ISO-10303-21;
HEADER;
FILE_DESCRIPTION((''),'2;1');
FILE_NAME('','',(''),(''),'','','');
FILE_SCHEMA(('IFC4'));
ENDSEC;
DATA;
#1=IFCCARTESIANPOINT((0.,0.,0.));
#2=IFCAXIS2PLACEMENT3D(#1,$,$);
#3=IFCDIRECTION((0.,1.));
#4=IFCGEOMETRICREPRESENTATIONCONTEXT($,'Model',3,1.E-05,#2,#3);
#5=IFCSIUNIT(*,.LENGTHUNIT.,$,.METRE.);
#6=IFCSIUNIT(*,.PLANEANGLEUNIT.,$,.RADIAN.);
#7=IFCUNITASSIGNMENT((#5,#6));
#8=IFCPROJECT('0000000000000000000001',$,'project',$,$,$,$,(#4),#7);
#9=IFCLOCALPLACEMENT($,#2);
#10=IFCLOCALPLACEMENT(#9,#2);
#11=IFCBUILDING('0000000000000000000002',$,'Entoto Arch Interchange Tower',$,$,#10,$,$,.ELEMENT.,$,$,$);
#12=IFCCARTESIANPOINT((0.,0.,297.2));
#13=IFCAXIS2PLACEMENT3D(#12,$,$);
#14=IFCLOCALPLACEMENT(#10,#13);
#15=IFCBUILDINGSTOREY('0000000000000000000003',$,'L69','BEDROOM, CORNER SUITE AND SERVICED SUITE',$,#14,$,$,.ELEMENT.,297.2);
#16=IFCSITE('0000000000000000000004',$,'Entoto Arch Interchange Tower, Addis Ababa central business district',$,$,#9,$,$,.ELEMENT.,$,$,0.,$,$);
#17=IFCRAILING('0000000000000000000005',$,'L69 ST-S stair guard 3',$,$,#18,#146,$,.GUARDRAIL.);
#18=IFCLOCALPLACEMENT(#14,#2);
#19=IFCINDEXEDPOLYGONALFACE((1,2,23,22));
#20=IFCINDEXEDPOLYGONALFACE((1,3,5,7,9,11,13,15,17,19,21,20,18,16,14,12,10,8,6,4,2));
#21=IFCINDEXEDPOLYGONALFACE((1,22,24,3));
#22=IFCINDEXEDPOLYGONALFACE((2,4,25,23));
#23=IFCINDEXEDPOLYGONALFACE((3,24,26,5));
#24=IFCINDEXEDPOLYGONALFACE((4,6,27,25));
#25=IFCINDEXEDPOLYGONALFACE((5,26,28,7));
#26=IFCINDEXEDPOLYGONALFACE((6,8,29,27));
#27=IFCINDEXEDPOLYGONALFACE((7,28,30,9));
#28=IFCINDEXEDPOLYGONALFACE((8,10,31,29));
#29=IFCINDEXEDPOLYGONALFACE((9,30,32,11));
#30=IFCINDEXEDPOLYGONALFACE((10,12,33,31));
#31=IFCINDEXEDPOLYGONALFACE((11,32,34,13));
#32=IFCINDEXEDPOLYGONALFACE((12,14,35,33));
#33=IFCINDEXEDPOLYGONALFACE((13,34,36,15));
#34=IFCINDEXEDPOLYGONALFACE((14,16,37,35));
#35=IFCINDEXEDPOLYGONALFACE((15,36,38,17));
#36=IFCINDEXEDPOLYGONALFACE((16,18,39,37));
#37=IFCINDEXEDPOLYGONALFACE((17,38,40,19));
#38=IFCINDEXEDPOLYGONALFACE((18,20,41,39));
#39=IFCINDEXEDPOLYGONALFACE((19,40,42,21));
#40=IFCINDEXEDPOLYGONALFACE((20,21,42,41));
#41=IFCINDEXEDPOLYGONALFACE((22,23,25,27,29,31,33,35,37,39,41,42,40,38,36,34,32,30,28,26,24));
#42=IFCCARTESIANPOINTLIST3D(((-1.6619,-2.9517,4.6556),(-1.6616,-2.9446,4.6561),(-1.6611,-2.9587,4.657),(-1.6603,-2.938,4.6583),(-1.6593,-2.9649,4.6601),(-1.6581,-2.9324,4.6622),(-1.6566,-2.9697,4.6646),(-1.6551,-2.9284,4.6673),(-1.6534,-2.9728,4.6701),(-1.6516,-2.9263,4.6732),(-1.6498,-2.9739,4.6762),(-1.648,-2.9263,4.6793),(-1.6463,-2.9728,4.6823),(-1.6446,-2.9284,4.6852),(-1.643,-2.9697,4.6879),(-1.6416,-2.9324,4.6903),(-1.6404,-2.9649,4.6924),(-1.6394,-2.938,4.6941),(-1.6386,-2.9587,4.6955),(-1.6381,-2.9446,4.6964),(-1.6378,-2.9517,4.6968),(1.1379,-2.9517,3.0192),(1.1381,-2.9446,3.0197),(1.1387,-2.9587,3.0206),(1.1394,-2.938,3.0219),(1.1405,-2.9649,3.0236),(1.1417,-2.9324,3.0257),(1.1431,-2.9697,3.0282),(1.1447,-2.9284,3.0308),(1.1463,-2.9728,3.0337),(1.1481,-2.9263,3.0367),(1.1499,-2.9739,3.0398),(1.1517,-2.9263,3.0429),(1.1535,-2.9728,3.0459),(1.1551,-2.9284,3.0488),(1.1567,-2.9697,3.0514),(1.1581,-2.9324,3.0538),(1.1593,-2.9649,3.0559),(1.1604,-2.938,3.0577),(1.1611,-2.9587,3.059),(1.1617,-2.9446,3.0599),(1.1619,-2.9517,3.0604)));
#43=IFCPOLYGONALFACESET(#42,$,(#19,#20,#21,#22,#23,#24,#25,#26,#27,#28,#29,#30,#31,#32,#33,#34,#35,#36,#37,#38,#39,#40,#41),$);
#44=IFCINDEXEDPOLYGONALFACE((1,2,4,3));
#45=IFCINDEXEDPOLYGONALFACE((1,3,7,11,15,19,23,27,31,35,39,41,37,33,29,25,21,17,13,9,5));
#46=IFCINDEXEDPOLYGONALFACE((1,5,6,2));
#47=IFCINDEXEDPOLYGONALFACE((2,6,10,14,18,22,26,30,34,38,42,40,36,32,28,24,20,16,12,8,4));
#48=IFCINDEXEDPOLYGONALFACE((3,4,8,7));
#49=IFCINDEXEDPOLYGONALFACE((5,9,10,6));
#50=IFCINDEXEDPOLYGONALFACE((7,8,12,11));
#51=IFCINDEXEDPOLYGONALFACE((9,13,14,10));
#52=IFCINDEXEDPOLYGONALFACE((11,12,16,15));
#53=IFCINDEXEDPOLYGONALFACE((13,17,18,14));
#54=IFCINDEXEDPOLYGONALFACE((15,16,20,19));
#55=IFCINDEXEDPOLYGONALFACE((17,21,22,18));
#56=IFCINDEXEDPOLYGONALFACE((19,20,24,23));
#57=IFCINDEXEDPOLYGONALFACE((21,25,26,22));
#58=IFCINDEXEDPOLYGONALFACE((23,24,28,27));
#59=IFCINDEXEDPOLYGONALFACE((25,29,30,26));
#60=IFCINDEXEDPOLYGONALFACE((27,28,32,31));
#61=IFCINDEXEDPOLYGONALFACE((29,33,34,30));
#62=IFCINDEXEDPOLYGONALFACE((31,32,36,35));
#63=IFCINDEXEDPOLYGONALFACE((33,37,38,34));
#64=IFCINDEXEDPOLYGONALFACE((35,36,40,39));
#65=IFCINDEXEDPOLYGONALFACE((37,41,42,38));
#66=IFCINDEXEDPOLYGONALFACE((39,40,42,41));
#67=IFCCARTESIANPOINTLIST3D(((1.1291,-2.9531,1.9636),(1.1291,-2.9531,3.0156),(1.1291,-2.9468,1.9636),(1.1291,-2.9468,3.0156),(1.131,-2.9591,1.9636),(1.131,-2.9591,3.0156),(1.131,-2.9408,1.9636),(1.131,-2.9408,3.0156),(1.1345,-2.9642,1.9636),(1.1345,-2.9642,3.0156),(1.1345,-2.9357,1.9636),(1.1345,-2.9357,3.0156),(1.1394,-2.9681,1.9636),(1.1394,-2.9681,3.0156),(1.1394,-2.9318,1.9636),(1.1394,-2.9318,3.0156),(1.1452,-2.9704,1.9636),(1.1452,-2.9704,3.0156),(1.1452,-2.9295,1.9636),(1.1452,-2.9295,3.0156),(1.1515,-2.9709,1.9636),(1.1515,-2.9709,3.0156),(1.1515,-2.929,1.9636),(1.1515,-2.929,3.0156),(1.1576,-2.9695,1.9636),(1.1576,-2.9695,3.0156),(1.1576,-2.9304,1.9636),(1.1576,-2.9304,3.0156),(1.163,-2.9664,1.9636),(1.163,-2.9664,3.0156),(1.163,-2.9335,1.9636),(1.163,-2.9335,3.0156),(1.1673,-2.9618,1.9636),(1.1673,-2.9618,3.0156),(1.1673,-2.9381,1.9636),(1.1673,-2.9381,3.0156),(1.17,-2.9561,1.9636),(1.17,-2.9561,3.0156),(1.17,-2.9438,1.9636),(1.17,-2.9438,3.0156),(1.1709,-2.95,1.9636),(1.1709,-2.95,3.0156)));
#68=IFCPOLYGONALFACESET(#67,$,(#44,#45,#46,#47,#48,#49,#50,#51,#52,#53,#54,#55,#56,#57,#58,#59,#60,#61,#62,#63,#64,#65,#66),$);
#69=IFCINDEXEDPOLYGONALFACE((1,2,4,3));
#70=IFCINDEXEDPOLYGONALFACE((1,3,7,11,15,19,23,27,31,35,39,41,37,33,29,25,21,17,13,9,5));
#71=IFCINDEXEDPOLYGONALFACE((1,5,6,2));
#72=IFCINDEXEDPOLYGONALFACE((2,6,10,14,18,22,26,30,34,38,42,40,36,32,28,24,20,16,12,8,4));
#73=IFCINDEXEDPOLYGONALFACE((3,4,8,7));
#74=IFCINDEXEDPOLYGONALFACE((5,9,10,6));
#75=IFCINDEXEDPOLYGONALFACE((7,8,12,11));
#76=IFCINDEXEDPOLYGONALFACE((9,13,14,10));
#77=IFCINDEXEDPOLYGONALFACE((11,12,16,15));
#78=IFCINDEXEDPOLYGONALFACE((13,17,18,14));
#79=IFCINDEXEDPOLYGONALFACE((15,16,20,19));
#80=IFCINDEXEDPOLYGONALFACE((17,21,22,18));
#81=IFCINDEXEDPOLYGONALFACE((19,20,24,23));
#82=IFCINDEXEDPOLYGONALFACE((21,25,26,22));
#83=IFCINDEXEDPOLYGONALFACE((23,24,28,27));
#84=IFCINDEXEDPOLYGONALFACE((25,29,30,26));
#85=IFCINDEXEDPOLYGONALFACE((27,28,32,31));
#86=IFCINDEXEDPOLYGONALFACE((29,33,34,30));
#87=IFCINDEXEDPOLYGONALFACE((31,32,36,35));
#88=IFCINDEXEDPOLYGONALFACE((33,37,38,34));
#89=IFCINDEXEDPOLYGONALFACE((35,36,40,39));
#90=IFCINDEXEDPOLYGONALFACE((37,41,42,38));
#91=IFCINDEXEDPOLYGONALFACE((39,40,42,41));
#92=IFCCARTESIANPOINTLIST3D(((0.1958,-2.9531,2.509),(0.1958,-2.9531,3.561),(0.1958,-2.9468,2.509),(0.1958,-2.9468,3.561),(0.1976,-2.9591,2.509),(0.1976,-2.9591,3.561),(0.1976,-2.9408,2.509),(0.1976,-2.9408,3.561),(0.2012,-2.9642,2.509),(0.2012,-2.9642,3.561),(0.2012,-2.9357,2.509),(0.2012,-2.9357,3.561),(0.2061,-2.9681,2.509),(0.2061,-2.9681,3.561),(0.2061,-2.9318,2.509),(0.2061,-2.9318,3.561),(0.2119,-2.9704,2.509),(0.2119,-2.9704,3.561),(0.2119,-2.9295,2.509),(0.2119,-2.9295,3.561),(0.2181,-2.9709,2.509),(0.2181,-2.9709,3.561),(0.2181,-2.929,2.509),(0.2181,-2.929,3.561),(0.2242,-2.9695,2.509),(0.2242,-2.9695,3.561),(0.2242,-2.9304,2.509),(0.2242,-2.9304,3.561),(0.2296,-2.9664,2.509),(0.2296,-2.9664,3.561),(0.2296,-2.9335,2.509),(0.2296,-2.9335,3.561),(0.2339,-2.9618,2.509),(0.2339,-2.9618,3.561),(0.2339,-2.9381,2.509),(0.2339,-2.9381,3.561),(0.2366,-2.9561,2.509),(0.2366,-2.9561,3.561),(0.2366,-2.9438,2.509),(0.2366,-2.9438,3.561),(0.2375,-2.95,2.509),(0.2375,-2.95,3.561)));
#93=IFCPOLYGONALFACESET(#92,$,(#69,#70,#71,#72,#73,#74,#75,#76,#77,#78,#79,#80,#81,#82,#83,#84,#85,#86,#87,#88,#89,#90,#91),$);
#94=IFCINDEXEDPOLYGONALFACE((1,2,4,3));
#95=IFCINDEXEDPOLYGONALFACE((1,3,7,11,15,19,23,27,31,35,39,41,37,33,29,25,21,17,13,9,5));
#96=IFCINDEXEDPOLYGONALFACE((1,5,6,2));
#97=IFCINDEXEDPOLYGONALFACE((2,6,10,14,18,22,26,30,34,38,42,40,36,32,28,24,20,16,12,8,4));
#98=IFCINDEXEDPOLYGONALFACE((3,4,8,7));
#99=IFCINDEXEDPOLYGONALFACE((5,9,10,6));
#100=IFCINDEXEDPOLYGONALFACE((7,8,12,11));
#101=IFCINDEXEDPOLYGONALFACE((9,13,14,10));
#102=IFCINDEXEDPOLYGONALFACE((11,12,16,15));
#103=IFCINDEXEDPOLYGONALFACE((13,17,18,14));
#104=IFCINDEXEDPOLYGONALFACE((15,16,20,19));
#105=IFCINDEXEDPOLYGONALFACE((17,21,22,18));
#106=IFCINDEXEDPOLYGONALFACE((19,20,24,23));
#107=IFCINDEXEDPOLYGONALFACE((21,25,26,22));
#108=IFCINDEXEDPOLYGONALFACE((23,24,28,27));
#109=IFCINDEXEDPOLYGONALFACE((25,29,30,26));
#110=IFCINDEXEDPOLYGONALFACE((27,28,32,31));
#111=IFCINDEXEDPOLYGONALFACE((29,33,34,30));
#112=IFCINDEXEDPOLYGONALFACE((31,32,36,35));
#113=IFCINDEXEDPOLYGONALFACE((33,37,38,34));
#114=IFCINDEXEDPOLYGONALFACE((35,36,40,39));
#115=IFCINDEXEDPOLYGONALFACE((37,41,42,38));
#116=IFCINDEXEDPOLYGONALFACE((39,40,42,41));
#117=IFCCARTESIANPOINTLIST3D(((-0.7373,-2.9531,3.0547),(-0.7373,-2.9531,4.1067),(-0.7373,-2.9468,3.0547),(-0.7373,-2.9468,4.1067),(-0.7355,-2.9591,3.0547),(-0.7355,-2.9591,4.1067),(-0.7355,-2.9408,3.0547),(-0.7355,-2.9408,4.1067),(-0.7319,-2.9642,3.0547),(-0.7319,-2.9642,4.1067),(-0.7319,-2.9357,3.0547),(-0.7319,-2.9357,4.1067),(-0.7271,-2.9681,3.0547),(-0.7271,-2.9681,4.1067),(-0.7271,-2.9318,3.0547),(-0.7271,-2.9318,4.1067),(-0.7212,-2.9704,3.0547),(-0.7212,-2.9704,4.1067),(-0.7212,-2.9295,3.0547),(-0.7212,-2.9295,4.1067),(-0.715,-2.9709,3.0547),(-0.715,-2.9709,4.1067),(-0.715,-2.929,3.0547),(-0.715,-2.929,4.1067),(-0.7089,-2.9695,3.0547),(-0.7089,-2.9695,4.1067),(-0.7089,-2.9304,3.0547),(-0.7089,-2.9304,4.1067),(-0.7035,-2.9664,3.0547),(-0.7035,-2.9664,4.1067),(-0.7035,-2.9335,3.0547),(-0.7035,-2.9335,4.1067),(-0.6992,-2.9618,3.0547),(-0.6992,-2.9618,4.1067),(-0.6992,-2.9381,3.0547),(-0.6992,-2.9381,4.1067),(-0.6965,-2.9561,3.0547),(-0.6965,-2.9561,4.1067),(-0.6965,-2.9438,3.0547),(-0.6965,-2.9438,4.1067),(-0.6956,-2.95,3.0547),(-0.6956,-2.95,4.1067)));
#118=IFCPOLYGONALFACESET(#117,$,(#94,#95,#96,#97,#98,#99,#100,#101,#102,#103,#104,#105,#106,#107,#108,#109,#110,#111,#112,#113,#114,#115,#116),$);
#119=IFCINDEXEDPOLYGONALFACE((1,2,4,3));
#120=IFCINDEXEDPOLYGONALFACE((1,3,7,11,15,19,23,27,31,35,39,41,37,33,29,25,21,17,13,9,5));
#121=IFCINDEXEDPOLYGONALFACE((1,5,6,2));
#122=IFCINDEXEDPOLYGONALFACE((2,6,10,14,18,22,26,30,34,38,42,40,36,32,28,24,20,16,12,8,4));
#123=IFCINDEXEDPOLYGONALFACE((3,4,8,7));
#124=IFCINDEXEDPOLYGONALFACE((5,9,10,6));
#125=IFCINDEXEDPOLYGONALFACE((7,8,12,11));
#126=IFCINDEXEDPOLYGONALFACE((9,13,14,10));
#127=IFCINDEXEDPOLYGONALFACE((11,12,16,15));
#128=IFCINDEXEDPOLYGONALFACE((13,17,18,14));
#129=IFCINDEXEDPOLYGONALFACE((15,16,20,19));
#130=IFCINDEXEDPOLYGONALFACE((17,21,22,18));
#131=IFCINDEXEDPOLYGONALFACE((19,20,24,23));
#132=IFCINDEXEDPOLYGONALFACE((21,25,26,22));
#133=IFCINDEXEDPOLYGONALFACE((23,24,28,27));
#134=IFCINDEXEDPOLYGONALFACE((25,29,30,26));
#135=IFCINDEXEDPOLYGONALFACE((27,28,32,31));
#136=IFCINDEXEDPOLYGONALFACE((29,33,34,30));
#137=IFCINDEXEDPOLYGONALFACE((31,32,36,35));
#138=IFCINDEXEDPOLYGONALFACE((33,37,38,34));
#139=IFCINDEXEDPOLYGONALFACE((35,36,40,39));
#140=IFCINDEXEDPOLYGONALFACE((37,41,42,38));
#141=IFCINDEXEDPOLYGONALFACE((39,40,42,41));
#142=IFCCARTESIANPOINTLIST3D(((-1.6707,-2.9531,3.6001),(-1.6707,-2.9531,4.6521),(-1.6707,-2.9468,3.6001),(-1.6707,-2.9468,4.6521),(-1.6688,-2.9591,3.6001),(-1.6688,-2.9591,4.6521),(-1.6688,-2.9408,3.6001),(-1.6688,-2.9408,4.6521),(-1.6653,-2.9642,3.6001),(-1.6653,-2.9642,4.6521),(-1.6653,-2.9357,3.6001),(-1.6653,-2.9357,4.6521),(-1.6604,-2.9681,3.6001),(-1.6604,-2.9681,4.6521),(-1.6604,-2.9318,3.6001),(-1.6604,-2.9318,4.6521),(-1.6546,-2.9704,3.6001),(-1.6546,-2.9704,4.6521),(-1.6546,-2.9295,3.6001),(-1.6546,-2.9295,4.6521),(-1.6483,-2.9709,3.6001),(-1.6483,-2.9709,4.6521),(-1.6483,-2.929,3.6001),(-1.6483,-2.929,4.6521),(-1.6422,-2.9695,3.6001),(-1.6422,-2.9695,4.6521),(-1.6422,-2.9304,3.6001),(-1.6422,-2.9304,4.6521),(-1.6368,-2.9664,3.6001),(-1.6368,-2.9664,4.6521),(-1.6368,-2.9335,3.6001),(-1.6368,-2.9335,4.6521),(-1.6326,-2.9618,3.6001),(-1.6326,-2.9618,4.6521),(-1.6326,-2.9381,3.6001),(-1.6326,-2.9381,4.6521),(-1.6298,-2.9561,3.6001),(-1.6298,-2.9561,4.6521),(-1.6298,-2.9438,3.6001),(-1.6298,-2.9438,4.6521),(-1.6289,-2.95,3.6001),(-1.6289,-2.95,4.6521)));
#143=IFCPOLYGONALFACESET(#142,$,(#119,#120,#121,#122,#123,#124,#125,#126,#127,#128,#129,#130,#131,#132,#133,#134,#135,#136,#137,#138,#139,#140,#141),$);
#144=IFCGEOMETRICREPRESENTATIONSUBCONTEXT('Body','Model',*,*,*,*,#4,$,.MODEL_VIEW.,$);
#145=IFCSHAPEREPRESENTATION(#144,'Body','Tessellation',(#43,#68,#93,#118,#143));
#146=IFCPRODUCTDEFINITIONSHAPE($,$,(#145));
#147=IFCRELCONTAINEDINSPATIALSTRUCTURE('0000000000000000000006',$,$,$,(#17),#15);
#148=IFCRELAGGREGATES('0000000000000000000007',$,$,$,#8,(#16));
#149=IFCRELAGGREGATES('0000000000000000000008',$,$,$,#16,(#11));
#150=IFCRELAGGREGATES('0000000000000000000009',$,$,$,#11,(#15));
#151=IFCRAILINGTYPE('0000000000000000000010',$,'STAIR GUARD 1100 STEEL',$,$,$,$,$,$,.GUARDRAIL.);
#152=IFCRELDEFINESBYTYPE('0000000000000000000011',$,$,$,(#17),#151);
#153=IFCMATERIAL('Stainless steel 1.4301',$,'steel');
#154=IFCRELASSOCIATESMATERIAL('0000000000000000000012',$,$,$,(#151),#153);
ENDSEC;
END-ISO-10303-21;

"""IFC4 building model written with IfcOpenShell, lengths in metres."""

from ifc_helpers import new_model, si_unit, direction, frame, origin, origin_2d, place, context, subcontext, project, spatial, circle, extrude, material, type_object, element, save


model = new_model("IFC4")

# Units and contexts
model_context = context("Model", 3, precision=1e-05, world=origin(), true_north=direction((0.0, 1.0)))
body_context = subcontext(model_context, "Body", "Model", "MODEL_VIEW")
ifc_project = project(units=[si_unit("LENGTHUNIT", "METRE"), si_unit("PLANEANGLEUNIT", "RADIAN")], contexts=[model_context])

# Site, building, storey
site_placement = place(None, origin())
site = spatial("IfcSite", under=ifc_project, at=site_placement, Name="Entoto Arch Interchange Tower, Addis Ababa central business district", CompositionType="ELEMENT", RefElevation=0.0)
building_placement = place(site_placement, origin())
building = spatial("IfcBuilding", under=site, at=building_placement, Name="Entoto Arch Interchange Tower", CompositionType="ELEMENT")
storey_placement = place(building_placement, frame((0.0, 0.0, 297.2)))
storey = spatial("IfcBuildingStorey", under=building, at=storey_placement, Name="L69", Description="BEDROOM, CORNER SUITE AND SERVICED SUITE", CompositionType="ELEMENT", Elevation=297.2)

# Railing
ifc_material_1 = material(Name="Stainless steel 1.4301", Category="steel")
railing_type_1 = type_object("IfcRailingType", Name="STAIR GUARD 1100 STEEL", PredefinedType="GUARDRAIL", material=ifc_material_1)
railing_1_placement = place(storey_placement, frame((1.1499, -2.95, 1.9636)))
element("IfcRailing", 1, at=railing_1_placement, inside=storey, type_object=railing_type_1, Name="L69 ST-S stair guard 3", PredefinedType="GUARDRAIL", context=body_context, shape_type="SweptSolid", body=[
    extrude(circle(Radius=0.0239, at=origin_2d()), frame((0.0, 0.0, 1.0762), z_axis=(-0.863342, 0.0, 0.50462), x_axis=(0.0, -1.0, 0.0)), (0.0, 0.0, 1.0), 3.2429),
    extrude(circle(Radius=0.021, at=origin_2d()), origin(), (0.0, 0.0, 1.0), 1.052),
    extrude(circle(Radius=0.021, at=origin_2d()), frame((-0.9333, 0.0, 0.5454)), (0.0, 0.0, 1.0), 1.052),
    extrude(circle(Radius=0.021, at=origin_2d()), frame((-1.8665, 0.0, 1.0911)), (0.0, 0.0, 1.0), 1.052),
    extrude(circle(Radius=0.021, at=origin_2d()), frame((-2.7998, 0.0, 1.6365)), (0.0, 0.0, 1.0), 1.052),
])

save(model, "model.ifc")
